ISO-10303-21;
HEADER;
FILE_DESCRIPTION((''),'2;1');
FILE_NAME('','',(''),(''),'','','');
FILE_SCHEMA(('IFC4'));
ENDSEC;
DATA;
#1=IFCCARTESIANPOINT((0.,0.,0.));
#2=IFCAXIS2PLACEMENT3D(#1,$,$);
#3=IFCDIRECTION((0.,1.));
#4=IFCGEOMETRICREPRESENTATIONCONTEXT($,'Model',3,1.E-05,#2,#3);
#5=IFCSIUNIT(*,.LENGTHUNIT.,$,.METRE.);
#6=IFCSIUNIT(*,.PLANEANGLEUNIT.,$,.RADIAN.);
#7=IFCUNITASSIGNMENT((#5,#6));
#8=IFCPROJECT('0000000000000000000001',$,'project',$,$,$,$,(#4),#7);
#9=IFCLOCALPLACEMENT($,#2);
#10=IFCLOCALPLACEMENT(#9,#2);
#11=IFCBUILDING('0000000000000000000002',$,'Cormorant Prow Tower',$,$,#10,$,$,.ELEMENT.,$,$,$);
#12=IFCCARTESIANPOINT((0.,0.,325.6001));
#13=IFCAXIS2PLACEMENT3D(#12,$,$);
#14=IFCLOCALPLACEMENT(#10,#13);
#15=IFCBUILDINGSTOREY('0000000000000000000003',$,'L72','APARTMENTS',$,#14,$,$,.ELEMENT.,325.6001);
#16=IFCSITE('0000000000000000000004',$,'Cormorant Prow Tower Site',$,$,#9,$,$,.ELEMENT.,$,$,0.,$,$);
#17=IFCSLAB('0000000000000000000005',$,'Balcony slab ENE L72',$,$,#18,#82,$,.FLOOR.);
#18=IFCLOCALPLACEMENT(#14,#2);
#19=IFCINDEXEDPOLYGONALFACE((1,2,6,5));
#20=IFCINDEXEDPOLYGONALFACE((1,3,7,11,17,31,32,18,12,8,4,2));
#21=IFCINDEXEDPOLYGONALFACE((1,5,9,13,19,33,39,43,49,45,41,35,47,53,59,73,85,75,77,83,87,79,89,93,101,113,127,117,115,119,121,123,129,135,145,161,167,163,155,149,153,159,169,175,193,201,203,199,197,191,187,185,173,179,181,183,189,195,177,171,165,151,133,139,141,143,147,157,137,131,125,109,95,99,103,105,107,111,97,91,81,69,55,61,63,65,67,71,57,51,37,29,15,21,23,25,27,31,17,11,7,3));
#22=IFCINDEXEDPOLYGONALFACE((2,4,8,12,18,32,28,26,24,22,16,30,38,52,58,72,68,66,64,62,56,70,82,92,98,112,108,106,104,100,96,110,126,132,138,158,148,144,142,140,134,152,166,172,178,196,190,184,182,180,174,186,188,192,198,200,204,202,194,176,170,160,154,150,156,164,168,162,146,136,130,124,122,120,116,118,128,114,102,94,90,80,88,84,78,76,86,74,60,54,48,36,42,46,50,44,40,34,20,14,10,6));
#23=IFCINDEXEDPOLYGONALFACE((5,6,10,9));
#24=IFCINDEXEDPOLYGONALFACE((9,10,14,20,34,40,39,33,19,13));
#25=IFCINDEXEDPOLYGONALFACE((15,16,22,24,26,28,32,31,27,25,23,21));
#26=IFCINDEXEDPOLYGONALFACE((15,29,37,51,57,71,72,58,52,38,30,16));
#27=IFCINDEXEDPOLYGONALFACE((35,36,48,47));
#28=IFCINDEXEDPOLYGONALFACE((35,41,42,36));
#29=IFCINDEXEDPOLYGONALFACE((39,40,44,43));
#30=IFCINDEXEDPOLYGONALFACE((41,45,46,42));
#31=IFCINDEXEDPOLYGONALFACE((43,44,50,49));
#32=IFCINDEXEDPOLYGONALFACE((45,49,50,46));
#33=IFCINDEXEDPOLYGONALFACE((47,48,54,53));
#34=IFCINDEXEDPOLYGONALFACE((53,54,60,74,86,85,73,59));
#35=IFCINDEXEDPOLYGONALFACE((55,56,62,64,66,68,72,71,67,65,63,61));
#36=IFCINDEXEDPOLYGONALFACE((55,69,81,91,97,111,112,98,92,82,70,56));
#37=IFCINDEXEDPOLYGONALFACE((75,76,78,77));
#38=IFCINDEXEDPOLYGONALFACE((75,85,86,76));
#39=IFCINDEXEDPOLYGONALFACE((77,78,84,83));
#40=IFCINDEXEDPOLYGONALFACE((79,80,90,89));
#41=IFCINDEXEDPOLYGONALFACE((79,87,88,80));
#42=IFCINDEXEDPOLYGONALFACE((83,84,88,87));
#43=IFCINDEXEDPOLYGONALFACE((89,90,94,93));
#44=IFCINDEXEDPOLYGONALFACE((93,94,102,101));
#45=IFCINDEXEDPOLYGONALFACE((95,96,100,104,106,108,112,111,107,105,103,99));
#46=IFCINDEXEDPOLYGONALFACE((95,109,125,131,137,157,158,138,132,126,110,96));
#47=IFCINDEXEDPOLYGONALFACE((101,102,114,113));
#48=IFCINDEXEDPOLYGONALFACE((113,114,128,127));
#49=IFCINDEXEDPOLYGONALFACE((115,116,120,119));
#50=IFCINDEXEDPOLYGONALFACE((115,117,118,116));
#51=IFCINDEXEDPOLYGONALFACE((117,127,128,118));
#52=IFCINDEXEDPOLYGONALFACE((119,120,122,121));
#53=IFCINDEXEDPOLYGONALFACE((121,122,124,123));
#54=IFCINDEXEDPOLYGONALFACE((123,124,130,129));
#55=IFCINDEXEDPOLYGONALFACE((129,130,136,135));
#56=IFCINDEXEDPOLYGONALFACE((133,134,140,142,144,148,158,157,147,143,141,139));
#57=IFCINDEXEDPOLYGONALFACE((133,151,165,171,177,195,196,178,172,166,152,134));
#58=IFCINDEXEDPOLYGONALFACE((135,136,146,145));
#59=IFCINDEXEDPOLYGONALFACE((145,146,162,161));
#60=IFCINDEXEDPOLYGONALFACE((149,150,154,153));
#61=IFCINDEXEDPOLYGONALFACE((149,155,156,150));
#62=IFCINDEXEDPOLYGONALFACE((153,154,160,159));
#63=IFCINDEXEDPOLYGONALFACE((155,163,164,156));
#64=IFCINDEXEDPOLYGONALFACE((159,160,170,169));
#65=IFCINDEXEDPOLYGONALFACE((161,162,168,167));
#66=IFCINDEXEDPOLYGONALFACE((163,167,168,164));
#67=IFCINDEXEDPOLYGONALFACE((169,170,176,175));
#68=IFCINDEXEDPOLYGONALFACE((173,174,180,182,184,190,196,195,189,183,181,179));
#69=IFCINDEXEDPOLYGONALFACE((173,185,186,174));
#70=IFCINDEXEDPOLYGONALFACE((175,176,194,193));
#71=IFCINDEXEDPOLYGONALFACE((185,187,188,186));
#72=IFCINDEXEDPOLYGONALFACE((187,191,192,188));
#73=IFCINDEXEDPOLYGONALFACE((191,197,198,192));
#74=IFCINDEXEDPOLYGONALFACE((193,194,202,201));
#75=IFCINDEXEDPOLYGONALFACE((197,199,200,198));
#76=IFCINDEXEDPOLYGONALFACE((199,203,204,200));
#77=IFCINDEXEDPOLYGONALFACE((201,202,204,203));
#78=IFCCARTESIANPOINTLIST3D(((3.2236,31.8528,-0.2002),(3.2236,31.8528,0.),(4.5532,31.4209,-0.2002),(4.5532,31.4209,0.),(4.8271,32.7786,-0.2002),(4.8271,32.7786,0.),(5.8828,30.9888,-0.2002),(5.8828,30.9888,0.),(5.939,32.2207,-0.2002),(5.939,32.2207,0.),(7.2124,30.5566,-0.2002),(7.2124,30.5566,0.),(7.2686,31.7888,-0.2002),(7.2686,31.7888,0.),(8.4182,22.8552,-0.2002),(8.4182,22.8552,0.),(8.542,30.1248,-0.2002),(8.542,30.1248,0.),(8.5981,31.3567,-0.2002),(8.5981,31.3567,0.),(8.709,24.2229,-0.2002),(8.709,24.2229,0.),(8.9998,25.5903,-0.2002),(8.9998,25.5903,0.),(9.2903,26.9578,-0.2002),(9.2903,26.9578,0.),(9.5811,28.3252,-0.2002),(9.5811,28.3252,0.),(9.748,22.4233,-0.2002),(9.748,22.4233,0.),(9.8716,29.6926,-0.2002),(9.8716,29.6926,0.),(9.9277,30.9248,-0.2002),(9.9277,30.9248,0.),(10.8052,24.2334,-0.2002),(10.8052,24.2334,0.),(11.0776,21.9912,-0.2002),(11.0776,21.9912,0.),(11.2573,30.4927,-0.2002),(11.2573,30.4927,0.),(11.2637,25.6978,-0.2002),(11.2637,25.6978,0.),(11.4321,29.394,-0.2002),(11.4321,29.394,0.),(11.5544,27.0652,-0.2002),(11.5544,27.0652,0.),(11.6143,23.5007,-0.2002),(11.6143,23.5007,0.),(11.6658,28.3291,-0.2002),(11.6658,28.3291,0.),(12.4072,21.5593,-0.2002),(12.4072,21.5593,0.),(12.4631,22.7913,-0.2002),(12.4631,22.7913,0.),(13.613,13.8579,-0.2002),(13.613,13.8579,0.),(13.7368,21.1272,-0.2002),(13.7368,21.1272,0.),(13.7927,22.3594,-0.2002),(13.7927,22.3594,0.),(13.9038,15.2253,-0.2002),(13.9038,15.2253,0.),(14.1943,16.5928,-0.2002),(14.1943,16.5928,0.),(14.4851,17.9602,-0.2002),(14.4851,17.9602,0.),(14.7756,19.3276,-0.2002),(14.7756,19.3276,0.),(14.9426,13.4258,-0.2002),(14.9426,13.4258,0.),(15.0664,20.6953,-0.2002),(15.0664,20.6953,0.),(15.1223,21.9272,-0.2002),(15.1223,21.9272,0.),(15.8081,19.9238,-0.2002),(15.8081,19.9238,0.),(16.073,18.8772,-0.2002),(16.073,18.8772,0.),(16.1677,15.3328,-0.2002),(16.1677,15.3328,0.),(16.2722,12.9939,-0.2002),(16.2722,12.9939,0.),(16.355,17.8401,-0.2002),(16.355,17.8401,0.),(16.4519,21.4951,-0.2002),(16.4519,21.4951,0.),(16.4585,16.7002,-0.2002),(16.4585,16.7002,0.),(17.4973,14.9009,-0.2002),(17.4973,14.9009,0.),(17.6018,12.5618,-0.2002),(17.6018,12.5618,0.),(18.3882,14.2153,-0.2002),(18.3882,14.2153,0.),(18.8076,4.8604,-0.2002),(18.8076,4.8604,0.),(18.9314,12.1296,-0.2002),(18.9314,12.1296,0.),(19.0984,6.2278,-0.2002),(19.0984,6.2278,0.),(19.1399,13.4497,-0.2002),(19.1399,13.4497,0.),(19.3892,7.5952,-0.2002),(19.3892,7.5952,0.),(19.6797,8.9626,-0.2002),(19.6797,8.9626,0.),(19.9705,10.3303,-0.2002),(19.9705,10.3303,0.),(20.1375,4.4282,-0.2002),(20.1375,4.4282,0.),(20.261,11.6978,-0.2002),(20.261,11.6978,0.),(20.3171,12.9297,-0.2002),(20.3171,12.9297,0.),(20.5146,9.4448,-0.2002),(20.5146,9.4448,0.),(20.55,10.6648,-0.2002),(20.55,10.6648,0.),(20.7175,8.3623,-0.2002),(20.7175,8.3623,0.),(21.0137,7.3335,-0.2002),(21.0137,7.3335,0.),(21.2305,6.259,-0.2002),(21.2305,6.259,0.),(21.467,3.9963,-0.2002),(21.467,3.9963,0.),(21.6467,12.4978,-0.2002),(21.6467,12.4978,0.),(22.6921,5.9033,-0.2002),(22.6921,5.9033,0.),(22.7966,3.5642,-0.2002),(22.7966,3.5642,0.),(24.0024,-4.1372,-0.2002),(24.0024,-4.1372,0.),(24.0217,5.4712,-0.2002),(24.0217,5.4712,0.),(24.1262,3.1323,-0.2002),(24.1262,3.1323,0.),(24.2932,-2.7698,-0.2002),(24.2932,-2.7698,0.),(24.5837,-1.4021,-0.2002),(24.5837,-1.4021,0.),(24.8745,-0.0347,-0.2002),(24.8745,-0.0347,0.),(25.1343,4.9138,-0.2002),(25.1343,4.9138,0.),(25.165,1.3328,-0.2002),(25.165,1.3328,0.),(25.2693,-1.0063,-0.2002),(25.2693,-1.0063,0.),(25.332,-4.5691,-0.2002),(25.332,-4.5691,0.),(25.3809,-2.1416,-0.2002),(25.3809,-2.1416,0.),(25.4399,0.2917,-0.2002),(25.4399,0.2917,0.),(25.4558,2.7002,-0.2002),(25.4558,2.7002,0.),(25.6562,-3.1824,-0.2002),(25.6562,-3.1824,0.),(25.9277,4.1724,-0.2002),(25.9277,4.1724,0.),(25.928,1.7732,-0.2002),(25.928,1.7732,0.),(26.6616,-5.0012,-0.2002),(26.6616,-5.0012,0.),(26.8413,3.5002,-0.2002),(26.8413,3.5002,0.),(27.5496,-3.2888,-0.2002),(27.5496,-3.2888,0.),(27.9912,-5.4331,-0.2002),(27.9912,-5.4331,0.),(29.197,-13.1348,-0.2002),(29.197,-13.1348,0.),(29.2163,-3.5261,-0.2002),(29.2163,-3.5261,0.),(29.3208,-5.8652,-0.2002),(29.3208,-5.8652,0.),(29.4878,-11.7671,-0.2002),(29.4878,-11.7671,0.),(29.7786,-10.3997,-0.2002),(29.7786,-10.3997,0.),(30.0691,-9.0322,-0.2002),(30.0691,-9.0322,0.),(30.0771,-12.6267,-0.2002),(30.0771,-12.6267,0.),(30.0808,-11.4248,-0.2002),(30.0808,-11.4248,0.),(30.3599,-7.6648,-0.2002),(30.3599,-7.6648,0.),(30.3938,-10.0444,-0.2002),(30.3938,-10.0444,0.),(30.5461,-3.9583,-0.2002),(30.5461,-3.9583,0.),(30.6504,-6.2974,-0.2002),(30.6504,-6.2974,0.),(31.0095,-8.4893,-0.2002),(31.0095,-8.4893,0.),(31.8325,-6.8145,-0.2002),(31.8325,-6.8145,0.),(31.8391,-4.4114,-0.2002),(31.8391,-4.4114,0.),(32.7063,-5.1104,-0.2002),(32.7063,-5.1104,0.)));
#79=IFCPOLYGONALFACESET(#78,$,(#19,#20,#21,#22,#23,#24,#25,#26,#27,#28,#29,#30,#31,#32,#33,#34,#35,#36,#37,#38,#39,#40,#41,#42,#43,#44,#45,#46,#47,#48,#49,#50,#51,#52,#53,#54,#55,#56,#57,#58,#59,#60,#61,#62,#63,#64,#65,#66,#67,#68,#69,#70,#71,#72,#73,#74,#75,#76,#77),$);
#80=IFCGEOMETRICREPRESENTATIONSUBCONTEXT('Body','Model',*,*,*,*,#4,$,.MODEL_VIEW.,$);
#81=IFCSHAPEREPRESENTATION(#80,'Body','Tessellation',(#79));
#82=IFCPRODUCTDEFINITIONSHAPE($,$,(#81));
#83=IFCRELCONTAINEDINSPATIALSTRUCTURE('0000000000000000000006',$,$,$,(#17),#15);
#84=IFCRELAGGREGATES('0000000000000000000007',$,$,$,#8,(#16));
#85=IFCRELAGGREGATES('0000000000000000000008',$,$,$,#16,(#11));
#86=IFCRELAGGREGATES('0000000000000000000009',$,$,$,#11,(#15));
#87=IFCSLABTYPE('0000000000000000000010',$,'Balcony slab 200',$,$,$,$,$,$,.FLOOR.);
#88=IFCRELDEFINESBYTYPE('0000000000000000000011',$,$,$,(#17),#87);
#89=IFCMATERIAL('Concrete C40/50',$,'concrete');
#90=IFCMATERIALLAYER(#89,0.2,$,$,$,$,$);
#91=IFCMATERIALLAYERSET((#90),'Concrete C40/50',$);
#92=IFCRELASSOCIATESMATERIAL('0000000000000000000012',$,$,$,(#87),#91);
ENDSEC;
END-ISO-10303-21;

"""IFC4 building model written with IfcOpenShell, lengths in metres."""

from ifc_helpers import new_model, si_unit, direction, frame, origin, place, context, subcontext, project, spatial, polyline, outline, extrude, material, layer, layer_set, type_object, element, save


model = new_model("IFC4")

# Units and contexts
model_context = context("Model", 3, precision=1e-05, world=origin(), true_north=direction((0.0, 1.0)))
body_context = subcontext(model_context, "Body", "Model", "MODEL_VIEW")
ifc_project = project(units=[si_unit("LENGTHUNIT", "METRE"), si_unit("PLANEANGLEUNIT", "RADIAN")], contexts=[model_context])

# Site, building, storey
site_placement = place(None, origin())
site = spatial("IfcSite", under=ifc_project, at=site_placement, Name="Cormorant Prow Tower Site", CompositionType="ELEMENT", RefElevation=0.0)
building_placement = place(site_placement, origin())
building = spatial("IfcBuilding", under=site, at=building_placement, Name="Cormorant Prow Tower", CompositionType="ELEMENT")
storey_placement = place(building_placement, frame((0.0, 0.0, 325.6001)))
storey = spatial("IfcBuildingStorey", under=building, at=storey_placement, Name="L72", Description="APARTMENTS", CompositionType="ELEMENT", Elevation=325.6001)

# Slab
ifc_material_1 = material(Name="Concrete C40/50", Category="concrete")
ifc_layer_1 = layer(ifc_material_1, 0.2)
ifc_layer_set_1 = layer_set([ifc_layer_1], Name="Concrete C40/50")
slab_type_1 = type_object("IfcSlabType", Name="Balcony slab 200", PredefinedType="FLOOR", material=ifc_layer_set_1)
slab_1_placement = place(storey_placement, frame((0.0, 0.0, -0.2002)))
element("IfcSlab", 1, at=slab_1_placement, inside=storey, type_object=slab_type_1, Name="Balcony slab ENE L72", PredefinedType="FLOOR", context=body_context, shape_type="SweptSolid", body=[
    extrude(outline(polyline([(29.197, -13.1348), (30.0771, -12.6267), (30.0808, -11.4248), (30.3938, -10.0444), (31.0095, -8.4893), (31.8325, -6.8145), (32.7063, -5.1104), (31.8391, -4.4114), (30.5461, -3.9583), (29.2163, -3.5261), (27.5496, -3.2888), (25.6562, -3.1824), (25.3809, -2.1416), (25.2693, -1.0063), (25.4399, 0.2917), (25.928, 1.7732), (26.8413, 3.5002), (25.9277, 4.1724), (25.1343, 4.9138), (24.0217, 5.4712), (22.6921, 5.9033), (21.2305, 6.259), (21.0137, 7.3335), (20.7175, 8.3623), (20.5146, 9.4448), (20.55, 10.6648), (21.6467, 12.4978), (20.3171, 12.9297), (19.1399, 13.4497), (18.3882, 14.2153), (17.4973, 14.9009), (16.1677, 15.3328), (16.4585, 16.7002), (16.355, 17.8401), (16.073, 18.8772), (15.8081, 19.9238), (16.4519, 21.4951), (15.1223, 21.9272), (13.7927, 22.3594), (12.4631, 22.7913), (11.6143, 23.5007), (10.8052, 24.2334), (11.2637, 25.6978), (11.5544, 27.0652), (11.6658, 28.3291), (11.4321, 29.394), (11.2573, 30.4927), (9.9277, 30.9248), (8.5981, 31.3567), (7.2686, 31.7888), (5.939, 32.2207), (4.8271, 32.7786), (3.2236, 31.8528), (4.5532, 31.4209), (5.8828, 30.9888), (7.2124, 30.5566), (8.542, 30.1248), (9.8716, 29.6926), (9.5811, 28.3252), (9.2903, 26.9578), (8.9998, 25.5903), (8.709, 24.2229), (8.4182, 22.8552), (9.748, 22.4233), (11.0776, 21.9912), (12.4072, 21.5593), (13.7368, 21.1272), (15.0664, 20.6953), (14.7756, 19.3276), (14.4851, 17.9602), (14.1943, 16.5928), (13.9038, 15.2253), (13.613, 13.8579), (14.9426, 13.4258), (16.2722, 12.9939), (17.6018, 12.5618), (18.9314, 12.1296), (20.261, 11.6978), (19.9705, 10.3303), (19.6797, 8.9626), (19.3892, 7.5952), (19.0984, 6.2278), (18.8076, 4.8604), (20.1375, 4.4282), (21.467, 3.9963), (22.7966, 3.5642), (24.1262, 3.1323), (25.4558, 2.7002), (25.165, 1.3328), (24.8745, -0.0347), (24.5837, -1.4021), (24.2932, -2.7698), (24.0024, -4.1372), (25.332, -4.5691), (26.6616, -5.0012), (27.9912, -5.4331), (29.3208, -5.8652), (30.6504, -6.2974), (30.3599, -7.6648), (30.0691, -9.0322), (29.7786, -10.3997), (29.4878, -11.7671), (29.197, -13.1348)])), origin(), (0.0, 0.0, 1.0), 0.2002),
])

save(model, "model.ifc")
